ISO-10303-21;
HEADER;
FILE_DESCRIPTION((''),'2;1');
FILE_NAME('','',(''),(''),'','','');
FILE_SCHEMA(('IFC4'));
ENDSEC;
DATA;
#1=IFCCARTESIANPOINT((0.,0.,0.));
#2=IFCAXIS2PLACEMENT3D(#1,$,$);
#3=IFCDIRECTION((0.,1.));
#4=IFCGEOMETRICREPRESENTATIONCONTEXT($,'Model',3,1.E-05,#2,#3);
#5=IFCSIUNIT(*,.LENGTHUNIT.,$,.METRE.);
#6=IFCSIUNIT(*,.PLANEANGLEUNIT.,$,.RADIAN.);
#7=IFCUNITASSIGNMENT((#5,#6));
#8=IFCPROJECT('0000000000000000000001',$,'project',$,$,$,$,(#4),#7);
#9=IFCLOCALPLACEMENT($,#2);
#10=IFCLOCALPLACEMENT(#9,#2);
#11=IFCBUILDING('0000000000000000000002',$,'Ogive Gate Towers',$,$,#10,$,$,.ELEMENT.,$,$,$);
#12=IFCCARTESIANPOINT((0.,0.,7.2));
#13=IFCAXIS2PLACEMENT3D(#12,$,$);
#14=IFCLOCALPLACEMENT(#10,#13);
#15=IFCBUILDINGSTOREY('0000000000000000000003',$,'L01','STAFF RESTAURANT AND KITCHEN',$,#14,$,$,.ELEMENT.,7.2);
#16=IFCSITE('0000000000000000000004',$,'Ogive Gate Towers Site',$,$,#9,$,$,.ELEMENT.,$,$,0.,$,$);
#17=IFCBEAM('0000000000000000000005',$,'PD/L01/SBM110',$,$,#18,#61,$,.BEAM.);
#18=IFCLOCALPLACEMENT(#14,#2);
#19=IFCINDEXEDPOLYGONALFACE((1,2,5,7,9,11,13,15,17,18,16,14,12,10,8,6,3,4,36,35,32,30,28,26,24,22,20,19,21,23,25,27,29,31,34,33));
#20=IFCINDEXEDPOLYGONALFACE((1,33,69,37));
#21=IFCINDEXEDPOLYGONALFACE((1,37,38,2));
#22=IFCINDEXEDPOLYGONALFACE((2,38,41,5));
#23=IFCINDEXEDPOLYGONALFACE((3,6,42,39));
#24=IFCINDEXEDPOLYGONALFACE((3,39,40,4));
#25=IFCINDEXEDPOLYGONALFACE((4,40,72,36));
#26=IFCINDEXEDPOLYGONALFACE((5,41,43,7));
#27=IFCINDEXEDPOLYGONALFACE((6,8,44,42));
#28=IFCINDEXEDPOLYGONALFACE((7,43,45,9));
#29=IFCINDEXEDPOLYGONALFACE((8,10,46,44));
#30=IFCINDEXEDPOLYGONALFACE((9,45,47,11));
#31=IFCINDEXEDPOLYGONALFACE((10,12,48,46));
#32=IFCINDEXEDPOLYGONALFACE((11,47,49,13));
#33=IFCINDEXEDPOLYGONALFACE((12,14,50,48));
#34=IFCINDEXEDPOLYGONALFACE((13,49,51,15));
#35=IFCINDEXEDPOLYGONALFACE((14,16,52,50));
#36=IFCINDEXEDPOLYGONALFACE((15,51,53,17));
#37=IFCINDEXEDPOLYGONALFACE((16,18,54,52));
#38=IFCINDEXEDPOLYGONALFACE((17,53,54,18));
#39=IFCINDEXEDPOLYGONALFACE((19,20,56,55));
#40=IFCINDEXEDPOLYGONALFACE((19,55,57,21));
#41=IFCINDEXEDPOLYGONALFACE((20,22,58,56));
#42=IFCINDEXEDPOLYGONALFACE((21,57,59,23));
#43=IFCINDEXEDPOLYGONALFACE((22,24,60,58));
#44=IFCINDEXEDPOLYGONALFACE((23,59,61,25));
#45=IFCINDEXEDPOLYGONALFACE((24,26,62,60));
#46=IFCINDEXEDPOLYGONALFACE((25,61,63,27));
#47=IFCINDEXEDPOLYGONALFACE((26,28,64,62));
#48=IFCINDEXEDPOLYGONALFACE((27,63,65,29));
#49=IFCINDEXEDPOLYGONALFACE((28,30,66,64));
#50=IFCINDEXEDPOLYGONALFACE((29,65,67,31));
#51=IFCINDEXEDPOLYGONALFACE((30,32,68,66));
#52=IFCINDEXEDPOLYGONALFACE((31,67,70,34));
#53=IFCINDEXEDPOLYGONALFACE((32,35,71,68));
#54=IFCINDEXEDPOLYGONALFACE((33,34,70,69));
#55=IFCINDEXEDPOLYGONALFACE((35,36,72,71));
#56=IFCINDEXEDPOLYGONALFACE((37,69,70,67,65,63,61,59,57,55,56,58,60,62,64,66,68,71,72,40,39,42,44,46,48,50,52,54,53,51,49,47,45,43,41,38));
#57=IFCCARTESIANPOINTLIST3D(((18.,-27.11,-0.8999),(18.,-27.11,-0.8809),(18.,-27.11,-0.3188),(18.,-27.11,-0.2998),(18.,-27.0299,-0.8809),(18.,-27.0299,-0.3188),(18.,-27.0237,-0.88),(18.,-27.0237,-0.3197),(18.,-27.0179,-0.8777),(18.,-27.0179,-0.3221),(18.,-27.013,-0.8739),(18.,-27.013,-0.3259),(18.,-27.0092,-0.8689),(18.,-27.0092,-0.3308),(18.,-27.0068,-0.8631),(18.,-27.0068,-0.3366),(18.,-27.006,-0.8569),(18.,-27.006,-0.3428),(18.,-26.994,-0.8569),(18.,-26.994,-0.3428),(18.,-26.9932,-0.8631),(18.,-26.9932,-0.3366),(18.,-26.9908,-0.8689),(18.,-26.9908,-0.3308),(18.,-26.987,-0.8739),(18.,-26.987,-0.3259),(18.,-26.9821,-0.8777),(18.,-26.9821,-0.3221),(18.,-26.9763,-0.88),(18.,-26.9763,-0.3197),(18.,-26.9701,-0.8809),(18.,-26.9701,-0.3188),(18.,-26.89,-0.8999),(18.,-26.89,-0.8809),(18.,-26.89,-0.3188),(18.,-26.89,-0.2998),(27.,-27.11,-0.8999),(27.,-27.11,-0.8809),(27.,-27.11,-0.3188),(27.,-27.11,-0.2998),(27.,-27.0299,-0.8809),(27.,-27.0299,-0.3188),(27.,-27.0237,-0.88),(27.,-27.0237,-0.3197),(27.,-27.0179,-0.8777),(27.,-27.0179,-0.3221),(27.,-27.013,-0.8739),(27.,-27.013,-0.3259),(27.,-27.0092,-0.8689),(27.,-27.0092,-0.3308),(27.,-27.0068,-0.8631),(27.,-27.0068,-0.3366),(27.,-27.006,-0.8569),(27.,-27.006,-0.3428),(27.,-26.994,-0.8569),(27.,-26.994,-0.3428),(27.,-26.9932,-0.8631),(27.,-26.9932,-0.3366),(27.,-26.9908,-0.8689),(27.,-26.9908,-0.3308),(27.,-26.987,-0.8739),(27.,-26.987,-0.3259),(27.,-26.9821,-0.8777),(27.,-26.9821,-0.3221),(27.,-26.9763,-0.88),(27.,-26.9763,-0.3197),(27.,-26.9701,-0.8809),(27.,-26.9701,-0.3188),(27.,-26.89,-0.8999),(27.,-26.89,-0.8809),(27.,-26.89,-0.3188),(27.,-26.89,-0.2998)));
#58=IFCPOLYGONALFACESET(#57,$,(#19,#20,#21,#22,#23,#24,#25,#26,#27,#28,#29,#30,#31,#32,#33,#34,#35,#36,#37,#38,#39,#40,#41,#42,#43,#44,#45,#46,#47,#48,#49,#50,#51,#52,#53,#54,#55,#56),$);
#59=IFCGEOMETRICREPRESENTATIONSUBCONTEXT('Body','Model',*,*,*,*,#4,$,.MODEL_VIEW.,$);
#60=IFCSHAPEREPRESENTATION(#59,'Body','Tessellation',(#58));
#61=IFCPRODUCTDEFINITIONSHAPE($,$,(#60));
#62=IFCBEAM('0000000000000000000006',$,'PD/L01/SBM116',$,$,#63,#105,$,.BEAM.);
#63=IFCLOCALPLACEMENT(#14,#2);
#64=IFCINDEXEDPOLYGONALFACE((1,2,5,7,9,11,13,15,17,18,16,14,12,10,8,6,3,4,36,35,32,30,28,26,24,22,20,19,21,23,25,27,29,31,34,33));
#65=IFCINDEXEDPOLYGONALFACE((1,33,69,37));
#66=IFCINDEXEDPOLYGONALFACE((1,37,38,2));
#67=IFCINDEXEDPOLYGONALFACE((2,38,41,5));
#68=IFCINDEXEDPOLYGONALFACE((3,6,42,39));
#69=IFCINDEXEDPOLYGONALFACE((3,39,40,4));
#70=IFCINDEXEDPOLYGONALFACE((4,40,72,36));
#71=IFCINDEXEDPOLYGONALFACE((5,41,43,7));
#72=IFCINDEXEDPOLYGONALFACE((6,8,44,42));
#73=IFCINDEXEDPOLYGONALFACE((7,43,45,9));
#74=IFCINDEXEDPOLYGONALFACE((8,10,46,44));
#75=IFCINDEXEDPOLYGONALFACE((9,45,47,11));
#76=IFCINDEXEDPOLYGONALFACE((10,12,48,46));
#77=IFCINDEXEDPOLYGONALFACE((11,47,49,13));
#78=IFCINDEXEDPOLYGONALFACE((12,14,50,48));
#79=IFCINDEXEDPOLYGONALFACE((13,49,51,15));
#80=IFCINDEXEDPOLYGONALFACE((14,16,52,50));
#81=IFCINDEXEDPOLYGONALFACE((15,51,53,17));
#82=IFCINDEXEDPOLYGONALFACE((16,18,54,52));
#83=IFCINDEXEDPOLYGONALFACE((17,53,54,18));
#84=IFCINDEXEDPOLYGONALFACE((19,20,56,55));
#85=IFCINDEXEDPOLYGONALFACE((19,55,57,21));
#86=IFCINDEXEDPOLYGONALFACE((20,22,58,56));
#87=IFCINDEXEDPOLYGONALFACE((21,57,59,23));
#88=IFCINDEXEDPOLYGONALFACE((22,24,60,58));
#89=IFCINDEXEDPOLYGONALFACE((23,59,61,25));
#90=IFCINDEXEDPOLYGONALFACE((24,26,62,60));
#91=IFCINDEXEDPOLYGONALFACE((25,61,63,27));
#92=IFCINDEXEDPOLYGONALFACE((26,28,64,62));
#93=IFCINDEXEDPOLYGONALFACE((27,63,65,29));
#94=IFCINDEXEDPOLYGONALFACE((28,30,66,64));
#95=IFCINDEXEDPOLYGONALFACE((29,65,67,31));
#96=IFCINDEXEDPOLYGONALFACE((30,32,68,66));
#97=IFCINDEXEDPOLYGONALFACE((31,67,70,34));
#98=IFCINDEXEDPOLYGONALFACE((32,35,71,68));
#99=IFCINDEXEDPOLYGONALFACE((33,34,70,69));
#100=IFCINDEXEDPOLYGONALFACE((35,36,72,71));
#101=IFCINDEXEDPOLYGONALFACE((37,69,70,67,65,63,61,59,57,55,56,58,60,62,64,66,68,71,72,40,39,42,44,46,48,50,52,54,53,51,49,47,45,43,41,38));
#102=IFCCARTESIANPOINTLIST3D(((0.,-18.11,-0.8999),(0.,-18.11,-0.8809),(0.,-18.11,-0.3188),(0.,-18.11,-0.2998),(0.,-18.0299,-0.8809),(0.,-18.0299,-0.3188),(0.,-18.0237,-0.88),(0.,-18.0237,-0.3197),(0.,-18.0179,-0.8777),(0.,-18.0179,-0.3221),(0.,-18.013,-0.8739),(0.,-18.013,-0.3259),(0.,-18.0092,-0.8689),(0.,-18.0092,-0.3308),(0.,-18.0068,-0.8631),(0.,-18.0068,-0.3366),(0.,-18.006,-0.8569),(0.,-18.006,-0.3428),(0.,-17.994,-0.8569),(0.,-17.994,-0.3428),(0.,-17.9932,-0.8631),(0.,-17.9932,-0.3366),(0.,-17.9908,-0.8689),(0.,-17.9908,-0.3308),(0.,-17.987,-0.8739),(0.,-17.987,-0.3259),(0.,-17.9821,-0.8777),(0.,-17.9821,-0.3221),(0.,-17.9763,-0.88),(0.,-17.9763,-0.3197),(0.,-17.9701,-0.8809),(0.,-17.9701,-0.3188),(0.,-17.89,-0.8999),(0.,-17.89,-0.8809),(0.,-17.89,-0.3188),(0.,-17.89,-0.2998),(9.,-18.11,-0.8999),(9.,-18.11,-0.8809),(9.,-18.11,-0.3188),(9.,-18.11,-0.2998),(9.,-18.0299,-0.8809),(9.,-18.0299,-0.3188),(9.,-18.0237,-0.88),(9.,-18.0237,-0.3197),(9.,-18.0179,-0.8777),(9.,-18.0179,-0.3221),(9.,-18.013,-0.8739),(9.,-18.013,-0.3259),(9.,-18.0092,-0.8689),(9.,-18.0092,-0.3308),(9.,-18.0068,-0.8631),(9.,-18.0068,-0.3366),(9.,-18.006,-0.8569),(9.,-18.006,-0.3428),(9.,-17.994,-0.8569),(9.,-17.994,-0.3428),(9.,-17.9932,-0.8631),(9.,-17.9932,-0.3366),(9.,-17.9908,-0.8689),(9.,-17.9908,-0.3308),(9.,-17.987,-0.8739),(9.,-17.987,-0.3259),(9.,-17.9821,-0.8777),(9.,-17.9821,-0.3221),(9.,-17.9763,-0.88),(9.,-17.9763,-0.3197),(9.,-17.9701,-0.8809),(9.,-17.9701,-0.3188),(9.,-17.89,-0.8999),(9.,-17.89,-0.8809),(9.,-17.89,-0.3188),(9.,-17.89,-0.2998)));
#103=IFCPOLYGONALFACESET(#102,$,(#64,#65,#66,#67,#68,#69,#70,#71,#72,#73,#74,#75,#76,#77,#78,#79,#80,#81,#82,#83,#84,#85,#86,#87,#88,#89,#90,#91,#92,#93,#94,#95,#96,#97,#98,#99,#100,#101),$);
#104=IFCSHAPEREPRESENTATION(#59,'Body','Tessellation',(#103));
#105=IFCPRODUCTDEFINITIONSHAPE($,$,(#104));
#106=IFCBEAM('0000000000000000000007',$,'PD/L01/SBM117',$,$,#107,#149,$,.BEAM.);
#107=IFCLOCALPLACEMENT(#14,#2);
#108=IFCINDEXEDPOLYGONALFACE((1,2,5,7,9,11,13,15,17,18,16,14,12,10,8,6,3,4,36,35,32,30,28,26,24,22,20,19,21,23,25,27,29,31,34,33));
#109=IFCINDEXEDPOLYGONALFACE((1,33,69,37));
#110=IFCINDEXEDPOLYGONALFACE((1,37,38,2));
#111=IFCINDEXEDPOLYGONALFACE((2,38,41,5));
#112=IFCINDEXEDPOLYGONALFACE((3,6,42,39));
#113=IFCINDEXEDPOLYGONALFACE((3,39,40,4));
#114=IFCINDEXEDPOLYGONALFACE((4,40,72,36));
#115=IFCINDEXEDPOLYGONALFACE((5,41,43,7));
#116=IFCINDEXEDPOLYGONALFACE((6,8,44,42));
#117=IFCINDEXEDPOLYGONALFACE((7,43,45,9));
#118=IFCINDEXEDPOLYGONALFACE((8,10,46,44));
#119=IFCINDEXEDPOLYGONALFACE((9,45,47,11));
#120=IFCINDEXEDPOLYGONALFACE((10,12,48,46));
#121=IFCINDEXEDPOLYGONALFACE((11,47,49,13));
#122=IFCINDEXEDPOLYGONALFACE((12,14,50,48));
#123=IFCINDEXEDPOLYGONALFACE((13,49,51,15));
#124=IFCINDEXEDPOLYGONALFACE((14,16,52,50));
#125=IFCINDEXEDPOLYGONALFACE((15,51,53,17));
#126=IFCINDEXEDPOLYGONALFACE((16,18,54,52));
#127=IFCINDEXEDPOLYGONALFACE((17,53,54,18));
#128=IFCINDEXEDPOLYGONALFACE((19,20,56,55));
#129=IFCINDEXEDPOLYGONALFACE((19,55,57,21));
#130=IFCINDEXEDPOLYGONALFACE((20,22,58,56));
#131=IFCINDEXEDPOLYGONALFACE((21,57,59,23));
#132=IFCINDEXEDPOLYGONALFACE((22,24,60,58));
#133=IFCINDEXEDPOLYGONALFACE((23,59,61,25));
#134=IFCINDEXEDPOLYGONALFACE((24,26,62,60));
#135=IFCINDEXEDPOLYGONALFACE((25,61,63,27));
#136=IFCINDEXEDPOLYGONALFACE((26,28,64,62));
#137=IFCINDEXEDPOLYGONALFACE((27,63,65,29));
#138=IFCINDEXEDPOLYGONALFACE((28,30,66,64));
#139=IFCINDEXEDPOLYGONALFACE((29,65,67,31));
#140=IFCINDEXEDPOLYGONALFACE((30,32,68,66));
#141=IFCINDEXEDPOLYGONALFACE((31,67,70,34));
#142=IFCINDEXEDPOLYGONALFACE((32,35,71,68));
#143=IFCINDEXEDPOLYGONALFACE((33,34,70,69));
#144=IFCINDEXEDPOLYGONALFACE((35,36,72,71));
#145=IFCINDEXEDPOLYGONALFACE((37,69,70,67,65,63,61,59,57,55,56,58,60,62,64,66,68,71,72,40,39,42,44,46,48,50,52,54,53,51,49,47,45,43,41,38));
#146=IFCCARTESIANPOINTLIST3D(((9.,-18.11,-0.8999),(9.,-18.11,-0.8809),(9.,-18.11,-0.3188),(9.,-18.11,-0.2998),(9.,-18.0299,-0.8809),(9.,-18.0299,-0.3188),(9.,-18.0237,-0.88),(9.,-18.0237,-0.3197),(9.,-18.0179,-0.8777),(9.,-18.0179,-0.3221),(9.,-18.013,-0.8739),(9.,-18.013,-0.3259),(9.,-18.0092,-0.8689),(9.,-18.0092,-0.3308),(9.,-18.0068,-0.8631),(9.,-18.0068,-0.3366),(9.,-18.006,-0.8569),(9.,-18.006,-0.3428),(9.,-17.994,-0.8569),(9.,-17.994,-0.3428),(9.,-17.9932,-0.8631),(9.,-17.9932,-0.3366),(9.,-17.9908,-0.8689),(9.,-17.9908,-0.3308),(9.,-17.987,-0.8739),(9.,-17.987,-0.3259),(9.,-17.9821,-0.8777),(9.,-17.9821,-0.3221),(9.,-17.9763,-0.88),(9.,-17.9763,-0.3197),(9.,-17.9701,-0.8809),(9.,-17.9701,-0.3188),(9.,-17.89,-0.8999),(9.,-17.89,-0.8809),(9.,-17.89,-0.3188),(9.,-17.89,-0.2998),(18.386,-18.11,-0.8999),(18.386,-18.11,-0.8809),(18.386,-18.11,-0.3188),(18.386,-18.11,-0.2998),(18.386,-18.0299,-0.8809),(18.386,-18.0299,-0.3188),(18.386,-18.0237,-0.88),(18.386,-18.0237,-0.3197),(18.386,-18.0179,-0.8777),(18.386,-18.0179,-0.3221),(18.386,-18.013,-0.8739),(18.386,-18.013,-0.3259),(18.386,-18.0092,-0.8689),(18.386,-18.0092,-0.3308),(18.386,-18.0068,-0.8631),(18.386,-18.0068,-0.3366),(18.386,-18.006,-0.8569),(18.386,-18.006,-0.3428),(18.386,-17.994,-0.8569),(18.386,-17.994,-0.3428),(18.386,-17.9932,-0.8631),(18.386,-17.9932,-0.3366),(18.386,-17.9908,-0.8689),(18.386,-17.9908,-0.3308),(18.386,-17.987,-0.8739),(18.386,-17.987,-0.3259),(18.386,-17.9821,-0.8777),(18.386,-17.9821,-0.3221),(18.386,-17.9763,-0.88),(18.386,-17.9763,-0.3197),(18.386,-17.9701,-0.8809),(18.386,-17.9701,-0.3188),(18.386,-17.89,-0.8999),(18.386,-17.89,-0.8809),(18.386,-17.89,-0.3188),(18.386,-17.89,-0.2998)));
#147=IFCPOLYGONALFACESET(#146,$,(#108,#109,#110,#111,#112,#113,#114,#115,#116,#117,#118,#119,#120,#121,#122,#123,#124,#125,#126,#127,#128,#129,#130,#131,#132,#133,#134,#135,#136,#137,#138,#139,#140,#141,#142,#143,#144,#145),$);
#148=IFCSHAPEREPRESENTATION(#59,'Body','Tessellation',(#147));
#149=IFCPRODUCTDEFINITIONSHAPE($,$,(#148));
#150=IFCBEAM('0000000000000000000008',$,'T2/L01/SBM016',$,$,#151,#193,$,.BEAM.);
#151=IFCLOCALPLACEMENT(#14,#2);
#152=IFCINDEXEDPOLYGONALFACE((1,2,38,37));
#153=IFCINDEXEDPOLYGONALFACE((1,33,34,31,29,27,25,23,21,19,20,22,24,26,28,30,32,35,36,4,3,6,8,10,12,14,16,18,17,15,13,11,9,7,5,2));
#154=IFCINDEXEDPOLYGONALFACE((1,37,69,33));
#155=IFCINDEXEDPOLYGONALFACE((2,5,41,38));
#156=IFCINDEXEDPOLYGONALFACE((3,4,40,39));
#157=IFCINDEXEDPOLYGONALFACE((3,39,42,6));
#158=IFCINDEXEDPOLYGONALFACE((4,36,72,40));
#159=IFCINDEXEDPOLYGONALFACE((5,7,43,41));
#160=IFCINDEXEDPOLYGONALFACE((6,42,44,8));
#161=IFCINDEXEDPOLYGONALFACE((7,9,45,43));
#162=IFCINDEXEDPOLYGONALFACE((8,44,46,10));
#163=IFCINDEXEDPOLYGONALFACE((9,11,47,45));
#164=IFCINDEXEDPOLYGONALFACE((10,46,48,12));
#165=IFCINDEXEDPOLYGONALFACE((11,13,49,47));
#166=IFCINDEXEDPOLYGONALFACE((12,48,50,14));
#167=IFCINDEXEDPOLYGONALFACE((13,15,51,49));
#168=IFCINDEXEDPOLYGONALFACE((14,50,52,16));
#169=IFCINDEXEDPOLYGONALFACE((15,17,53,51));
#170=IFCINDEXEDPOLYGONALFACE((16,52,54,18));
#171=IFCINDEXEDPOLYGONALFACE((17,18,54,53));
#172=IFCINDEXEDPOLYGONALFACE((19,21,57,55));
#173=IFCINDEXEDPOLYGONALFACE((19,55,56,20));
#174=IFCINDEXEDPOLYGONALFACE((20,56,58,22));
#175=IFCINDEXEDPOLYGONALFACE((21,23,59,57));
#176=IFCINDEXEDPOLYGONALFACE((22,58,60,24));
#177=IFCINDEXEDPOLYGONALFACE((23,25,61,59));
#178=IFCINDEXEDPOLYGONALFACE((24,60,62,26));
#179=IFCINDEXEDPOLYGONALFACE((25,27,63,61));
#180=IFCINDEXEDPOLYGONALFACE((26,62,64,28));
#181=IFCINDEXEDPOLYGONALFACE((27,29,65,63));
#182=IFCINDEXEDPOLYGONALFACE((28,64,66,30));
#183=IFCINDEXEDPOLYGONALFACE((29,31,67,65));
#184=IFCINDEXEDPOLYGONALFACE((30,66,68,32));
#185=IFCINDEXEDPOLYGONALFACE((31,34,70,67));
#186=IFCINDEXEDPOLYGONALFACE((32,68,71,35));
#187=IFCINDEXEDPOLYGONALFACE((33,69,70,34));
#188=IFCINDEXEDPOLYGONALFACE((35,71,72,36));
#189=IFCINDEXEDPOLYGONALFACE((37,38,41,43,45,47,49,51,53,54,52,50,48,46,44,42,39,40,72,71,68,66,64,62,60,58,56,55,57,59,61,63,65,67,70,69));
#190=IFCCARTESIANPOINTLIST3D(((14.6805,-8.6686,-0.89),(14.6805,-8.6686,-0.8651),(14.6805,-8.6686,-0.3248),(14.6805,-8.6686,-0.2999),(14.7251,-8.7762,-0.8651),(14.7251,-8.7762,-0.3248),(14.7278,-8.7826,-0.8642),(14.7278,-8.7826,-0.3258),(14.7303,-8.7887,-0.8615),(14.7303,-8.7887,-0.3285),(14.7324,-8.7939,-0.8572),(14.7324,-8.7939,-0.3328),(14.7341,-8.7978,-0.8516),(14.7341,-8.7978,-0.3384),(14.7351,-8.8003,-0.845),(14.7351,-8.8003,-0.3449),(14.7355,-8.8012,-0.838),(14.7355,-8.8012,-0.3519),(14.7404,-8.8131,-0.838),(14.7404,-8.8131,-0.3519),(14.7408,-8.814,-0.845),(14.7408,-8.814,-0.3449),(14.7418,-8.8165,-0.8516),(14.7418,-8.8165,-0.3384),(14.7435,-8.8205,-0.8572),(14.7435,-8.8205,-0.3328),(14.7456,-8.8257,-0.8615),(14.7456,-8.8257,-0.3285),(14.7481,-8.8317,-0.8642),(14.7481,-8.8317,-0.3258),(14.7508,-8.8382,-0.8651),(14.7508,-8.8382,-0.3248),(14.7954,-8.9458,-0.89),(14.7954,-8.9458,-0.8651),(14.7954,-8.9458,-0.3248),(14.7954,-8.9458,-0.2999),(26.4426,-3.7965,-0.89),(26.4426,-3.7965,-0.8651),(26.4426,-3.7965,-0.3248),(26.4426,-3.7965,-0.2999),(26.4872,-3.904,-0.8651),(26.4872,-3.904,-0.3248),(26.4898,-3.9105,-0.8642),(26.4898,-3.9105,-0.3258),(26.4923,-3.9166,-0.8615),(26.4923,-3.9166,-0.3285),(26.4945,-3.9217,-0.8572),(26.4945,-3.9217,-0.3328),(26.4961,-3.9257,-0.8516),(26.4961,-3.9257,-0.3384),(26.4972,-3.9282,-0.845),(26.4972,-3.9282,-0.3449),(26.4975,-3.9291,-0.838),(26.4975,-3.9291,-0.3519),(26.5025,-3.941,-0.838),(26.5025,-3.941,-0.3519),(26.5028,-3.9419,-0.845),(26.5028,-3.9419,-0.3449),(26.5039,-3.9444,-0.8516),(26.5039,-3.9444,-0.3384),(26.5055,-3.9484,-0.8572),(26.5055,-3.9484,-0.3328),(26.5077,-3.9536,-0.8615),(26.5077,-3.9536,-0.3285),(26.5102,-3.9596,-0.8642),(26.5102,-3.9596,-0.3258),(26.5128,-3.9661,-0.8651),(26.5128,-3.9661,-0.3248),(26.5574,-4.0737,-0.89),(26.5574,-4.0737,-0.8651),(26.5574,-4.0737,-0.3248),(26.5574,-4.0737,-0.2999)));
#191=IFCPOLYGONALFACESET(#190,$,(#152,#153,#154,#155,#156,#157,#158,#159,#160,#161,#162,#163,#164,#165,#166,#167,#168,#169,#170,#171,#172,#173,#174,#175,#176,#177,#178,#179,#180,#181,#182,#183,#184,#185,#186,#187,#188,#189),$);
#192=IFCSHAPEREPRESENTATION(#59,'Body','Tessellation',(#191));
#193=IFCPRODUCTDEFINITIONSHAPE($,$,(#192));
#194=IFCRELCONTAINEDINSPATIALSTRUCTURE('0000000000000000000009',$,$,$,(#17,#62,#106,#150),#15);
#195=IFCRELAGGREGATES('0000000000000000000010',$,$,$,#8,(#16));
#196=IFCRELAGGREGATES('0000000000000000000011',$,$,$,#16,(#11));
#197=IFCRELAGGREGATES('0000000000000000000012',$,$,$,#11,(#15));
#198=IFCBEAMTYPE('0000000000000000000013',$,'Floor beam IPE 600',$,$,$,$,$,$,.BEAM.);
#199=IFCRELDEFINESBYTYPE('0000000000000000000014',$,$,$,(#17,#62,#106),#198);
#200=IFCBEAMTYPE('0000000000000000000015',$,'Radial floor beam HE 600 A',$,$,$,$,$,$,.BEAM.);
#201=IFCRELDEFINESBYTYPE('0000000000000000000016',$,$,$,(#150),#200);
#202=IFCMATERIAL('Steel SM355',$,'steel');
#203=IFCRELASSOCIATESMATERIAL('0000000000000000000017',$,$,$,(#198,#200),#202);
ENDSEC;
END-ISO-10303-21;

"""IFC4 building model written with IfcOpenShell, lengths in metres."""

from ifc_helpers import new_model, si_unit, direction, frame, origin, origin_2d, place, context, subcontext, project, spatial, i_section, extrude, material, material_profile, profile_set, type_object, element, save


model = new_model("IFC4")

# Units and contexts
model_context = context("Model", 3, precision=1e-05, world=origin(), true_north=direction((0.0, 1.0)))
body_context = subcontext(model_context, "Body", "Model", "MODEL_VIEW")
ifc_project = project(units=[si_unit("LENGTHUNIT", "METRE"), si_unit("PLANEANGLEUNIT", "RADIAN")], contexts=[model_context])

# Site, building, storey
site_placement = place(None, origin())
site = spatial("IfcSite", under=ifc_project, at=site_placement, Name="Ogive Gate Towers Site", CompositionType="ELEMENT", RefElevation=0.0)
building_placement = place(site_placement, origin())
building = spatial("IfcBuilding", under=site, at=building_placement, Name="Ogive Gate Towers", CompositionType="ELEMENT")
storey_placement = place(building_placement, frame((0.0, 0.0, 7.2)))
storey = spatial("IfcBuildingStorey", under=building, at=storey_placement, Name="L01", Description="STAFF RESTAURANT AND KITCHEN", CompositionType="ELEMENT", Elevation=7.2)

# Beams
ifc_material_1 = material(Name="Steel SM355", Category="steel")
ifc_material_profile_1 = material_profile(ifc_material_1, i_section(OverallWidth=0.22, OverallDepth=0.6001, WebThickness=0.012, FlangeThickness=0.019, FilletRadius=0.0239, at=origin_2d()), Name="IPE 600")
ifc_profile_set_1 = profile_set([ifc_material_profile_1], Name="Steel SM355")
beam_type_1 = type_object("IfcBeamType", Name="Floor beam IPE 600", PredefinedType="BEAM", material=ifc_profile_set_1)
for number, where, z_axis, x_axis, name in (
    (1, (18.0, -27.0, -0.5999), (1.0, 0.0, 0.0), (0.0, 1.0, 0.0), "PD/L01/SBM110"),
    (2, (0.0, -18.0, -0.5999), (1.0, 0.0, 0.0), (0.0, 1.0, 0.0), "PD/L01/SBM116"),
):
    element("IfcBeam", number, at=place(storey_placement, frame(where, z_axis=z_axis, x_axis=x_axis)), inside=storey, type_object=beam_type_1, Name=name, PredefinedType="BEAM", context=body_context, shape_type="SweptSolid", body=[
        extrude(i_section(OverallWidth=0.22, OverallDepth=0.6001, WebThickness=0.012, FlangeThickness=0.019, FilletRadius=0.0239, at=origin_2d()), origin(), (0.0, 0.0, 1.0), 9.0),
    ])
beam_1_placement = place(storey_placement, frame((9.0, -18.0, -0.5999), z_axis=(1.0, 0.0, 0.0), x_axis=(0.0, 1.0, 0.0)))
element("IfcBeam", 3, at=beam_1_placement, inside=storey, type_object=beam_type_1, Name="PD/L01/SBM117", PredefinedType="BEAM", context=body_context, shape_type="SweptSolid", body=[
    extrude(i_section(OverallWidth=0.22, OverallDepth=0.6001, WebThickness=0.012, FlangeThickness=0.019, FilletRadius=0.0239, at=origin_2d()), origin(), (0.0, 0.0, 1.0), 9.386),
])
ifc_material_profile_2 = material_profile(ifc_material_1, i_section(OverallWidth=0.3, OverallDepth=0.5901, WebThickness=0.0129, FlangeThickness=0.0249, FilletRadius=0.0271, at=origin_2d()), Name="HE 600 A")
ifc_profile_set_2 = profile_set([ifc_material_profile_2], Name="Steel SM355")
beam_type_2 = type_object("IfcBeamType", Name="Radial floor beam HE 600 A", PredefinedType="BEAM", material=ifc_profile_set_2)
beam_2_placement = place(storey_placement, frame((26.5, -3.9351, -0.595), z_axis=(-0.923877, -0.382691, 0.0), x_axis=(0.382691, -0.923877, 0.0)))
element("IfcBeam", 4, at=beam_2_placement, inside=storey, type_object=beam_type_2, Name="T2/L01/SBM016", PredefinedType="BEAM", context=body_context, shape_type="SweptSolid", body=[
    extrude(i_section(OverallWidth=0.3, OverallDepth=0.5901, WebThickness=0.0129, FlangeThickness=0.0249, FilletRadius=0.0271, at=origin_2d()), origin(), (0.0, 0.0, 1.0), 12.7312),
])

save(model, "model.ifc")
